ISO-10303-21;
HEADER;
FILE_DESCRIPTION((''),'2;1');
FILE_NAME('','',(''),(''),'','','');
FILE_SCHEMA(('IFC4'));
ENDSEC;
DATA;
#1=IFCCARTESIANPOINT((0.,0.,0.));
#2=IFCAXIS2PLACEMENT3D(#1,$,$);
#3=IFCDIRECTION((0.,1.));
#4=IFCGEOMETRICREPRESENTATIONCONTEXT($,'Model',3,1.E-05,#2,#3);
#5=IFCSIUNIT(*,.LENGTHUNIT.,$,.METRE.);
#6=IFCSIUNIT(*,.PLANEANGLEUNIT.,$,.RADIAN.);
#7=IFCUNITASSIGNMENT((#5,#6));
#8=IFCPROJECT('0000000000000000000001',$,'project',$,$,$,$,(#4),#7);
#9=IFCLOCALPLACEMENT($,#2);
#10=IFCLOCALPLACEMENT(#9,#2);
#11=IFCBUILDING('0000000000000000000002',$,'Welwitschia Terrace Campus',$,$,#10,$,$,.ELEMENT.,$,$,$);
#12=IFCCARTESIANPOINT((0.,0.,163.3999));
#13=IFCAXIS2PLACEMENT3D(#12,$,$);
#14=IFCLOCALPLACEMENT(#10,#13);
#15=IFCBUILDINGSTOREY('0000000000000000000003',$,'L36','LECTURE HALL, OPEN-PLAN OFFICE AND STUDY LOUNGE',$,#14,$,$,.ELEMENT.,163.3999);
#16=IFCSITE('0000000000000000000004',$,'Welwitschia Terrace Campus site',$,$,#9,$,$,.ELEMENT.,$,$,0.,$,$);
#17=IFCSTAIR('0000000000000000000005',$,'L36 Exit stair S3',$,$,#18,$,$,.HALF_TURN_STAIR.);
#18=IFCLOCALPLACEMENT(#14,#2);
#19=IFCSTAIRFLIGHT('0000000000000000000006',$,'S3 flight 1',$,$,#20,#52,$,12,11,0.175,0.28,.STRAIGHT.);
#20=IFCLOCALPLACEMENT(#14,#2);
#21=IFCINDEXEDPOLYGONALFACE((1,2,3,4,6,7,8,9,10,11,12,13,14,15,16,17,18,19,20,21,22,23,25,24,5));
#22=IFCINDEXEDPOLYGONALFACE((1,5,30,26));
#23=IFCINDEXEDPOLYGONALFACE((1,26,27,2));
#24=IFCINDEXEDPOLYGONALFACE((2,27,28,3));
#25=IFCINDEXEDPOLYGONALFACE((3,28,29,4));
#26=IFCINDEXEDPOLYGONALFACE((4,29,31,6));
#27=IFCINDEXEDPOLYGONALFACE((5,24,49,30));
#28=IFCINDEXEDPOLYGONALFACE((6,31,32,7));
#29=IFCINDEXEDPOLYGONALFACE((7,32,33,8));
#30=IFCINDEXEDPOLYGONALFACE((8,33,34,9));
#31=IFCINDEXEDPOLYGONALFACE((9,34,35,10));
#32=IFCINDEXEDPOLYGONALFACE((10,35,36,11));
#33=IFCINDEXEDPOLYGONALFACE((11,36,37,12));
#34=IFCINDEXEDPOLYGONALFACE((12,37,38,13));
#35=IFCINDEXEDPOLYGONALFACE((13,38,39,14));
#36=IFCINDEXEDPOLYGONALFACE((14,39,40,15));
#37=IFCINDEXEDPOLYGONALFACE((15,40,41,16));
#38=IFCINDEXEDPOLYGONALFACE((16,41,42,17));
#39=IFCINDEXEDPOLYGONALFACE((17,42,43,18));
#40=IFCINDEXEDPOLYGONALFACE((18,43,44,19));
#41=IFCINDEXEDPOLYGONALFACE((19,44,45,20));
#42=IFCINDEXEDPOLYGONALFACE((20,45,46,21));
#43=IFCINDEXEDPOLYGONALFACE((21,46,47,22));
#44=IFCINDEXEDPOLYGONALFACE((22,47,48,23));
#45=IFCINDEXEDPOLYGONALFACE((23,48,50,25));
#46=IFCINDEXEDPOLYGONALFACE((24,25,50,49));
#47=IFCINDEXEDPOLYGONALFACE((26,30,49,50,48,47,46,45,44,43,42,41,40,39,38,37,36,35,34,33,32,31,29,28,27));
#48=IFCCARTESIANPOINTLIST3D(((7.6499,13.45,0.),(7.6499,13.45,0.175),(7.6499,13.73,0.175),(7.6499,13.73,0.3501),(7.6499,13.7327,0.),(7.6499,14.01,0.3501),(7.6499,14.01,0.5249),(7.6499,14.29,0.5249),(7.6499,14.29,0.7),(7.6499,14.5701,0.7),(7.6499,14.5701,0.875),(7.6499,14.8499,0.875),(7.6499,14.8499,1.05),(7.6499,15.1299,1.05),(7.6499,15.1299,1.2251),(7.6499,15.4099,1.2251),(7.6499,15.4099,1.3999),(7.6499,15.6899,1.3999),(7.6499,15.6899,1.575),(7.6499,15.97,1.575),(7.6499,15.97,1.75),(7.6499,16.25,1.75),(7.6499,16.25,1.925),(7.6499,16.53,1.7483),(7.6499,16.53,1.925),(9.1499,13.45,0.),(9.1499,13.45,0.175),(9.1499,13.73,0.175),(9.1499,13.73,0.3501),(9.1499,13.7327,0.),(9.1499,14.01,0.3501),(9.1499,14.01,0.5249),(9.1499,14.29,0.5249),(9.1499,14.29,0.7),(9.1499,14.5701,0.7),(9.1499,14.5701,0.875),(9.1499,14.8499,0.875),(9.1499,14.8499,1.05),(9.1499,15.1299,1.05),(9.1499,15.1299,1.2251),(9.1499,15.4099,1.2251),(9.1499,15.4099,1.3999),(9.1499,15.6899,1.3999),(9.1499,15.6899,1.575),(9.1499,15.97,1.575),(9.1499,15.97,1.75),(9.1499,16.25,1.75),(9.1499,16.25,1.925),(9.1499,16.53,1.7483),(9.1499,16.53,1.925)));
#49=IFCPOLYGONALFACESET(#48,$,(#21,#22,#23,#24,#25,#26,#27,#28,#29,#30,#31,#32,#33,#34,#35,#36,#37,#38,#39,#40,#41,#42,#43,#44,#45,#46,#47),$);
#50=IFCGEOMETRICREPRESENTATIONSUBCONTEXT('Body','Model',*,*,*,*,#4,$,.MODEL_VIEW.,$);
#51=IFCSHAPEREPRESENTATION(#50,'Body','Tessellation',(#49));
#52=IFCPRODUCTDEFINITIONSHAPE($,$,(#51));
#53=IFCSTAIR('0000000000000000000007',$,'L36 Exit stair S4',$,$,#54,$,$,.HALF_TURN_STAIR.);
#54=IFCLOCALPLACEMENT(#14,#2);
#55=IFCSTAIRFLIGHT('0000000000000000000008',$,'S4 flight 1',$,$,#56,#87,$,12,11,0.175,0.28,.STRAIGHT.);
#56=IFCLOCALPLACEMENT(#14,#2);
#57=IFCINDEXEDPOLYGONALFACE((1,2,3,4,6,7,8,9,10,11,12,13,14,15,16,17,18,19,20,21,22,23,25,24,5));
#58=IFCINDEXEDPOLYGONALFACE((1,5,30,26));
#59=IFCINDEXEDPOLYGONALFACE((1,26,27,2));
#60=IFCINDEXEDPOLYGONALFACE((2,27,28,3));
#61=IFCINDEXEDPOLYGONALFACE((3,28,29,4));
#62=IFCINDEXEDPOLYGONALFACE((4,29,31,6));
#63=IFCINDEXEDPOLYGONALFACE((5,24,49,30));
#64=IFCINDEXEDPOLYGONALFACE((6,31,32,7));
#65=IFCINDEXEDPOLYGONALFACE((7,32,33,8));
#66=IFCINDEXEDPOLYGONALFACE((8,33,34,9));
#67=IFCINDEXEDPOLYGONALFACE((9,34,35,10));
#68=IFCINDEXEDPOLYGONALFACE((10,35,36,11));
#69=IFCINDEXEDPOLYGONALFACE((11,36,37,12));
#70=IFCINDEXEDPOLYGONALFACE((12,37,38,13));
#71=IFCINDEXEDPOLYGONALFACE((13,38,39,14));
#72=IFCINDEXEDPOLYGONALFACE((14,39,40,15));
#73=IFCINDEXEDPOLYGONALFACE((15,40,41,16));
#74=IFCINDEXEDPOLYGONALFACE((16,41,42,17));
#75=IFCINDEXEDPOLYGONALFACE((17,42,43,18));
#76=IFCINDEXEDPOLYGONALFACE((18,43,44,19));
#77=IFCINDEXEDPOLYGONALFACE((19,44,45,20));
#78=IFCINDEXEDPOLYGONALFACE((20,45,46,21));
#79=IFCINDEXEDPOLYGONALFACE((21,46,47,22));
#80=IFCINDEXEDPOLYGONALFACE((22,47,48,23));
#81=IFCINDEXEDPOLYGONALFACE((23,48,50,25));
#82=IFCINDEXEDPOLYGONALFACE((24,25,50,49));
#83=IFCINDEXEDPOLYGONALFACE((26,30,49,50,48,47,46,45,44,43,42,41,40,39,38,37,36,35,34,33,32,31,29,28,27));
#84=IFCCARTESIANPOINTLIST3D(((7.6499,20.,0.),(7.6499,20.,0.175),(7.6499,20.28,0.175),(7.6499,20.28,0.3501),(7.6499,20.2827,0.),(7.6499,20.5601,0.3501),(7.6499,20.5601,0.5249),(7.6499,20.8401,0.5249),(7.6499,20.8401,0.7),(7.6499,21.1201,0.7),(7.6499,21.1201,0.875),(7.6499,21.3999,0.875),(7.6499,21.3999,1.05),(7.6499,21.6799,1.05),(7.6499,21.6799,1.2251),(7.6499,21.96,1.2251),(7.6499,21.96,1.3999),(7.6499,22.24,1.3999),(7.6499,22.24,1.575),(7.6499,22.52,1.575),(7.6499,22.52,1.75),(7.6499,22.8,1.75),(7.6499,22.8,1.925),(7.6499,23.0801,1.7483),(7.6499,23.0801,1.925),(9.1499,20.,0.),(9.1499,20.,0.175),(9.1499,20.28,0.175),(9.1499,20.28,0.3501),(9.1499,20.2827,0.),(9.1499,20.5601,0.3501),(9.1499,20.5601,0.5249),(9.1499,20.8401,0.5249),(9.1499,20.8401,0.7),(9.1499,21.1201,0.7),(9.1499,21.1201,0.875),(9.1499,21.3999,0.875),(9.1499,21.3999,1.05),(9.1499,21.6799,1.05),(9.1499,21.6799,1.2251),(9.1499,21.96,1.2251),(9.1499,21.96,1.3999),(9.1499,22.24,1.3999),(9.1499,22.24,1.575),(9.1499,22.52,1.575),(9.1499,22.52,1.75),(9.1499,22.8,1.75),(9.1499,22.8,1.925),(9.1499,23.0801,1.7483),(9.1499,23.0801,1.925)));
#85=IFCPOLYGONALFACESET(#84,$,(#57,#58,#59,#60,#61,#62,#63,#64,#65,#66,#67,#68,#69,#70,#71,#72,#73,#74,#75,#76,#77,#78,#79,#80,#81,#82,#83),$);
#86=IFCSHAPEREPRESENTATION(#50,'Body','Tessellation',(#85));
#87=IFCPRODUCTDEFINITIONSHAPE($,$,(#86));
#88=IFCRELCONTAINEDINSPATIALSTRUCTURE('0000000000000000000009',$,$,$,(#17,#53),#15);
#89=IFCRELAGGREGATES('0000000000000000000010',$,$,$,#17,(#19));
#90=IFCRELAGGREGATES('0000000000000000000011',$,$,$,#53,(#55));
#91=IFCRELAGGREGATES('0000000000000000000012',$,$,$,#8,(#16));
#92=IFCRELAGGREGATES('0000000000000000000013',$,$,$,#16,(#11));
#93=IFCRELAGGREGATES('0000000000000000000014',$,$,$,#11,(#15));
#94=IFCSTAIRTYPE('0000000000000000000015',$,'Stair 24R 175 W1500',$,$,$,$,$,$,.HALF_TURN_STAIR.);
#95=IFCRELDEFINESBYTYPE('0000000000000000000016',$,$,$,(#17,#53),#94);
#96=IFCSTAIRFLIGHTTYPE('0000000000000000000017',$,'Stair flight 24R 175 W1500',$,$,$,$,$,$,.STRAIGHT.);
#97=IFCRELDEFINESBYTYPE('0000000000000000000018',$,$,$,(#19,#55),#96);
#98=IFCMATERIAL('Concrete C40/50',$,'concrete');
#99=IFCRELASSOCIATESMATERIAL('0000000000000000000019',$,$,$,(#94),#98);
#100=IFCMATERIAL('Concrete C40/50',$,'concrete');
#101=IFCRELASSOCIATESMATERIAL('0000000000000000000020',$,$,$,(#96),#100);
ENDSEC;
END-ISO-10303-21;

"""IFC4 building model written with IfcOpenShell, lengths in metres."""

from ifc_helpers import new_model, si_unit, direction, frame, origin, place, context, subcontext, project, spatial, polyline, outline, extrude, material, type_object, element, aggregate, save


model = new_model("IFC4")

# Units and contexts
model_context = context("Model", 3, precision=1e-05, world=origin(), true_north=direction((0.0, 1.0)))
body_context = subcontext(model_context, "Body", "Model", "MODEL_VIEW")
ifc_project = project(units=[si_unit("LENGTHUNIT", "METRE"), si_unit("PLANEANGLEUNIT", "RADIAN")], contexts=[model_context])

# Site, building, storey
site_placement = place(None, origin())
site = spatial("IfcSite", under=ifc_project, at=site_placement, Name="Welwitschia Terrace Campus site", CompositionType="ELEMENT", RefElevation=0.0)
building_placement = place(site_placement, origin())
building = spatial("IfcBuilding", under=site, at=building_placement, Name="Welwitschia Terrace Campus", CompositionType="ELEMENT")
storey_placement = place(building_placement, frame((0.0, 0.0, 163.3999)))
storey = spatial("IfcBuildingStorey", under=building, at=storey_placement, Name="L36", Description="LECTURE HALL, OPEN-PLAN OFFICE AND STUDY LOUNGE", CompositionType="ELEMENT", Elevation=163.3999)

# Stairs, stair flights
ifc_material_1 = material(Name="Concrete C40/50", Category="concrete")
stair_type = type_object("IfcStairType", Name="Stair 24R 175 W1500", PredefinedType="HALF_TURN_STAIR", material=ifc_material_1)
stair_1_placement = place(storey_placement, origin())
stair_1 = element("IfcStair", 1, at=stair_1_placement, inside=storey, type_object=stair_type, Name="L36 Exit stair S3", PredefinedType="HALF_TURN_STAIR")
ifc_material_2 = material(Name="Concrete C40/50", Category="concrete")
stair_flight_type = type_object("IfcStairFlightType", Name="Stair flight 24R 175 W1500", PredefinedType="STRAIGHT", material=ifc_material_2)
stair_flight_1_placement = place(storey_placement, frame((8.3999, 13.45, 0.0), z_axis=(0.0, 0.0, 1.0), x_axis=(0.0, 1.0, 0.0)))
stair_flight_1 = element("IfcStairFlight", 2, at=stair_flight_1_placement, type_object=stair_flight_type, Name="S3 flight 1", NumberOfRisers=12, NumberOfTreads=11, PredefinedType="STRAIGHT", RiserHeight=0.175, TreadLength=0.28, context=body_context, shape_type="SweptSolid", body=[
    extrude(outline(polyline([(0.0, 0.0), (0.0, 0.175), (0.28, 0.175), (0.28, 0.3501), (0.5601, 0.3501), (0.5601, 0.5249), (0.8401, 0.5249), (0.8401, 0.7), (1.1201, 0.7), (1.1201, 0.875), (1.3999, 0.875), (1.3999, 1.05), (1.6799, 1.05), (1.6799, 1.2251), (1.96, 1.2251), (1.96, 1.3999), (2.24, 1.3999), (2.24, 1.575), (2.52, 1.575), (2.52, 1.75), (2.8, 1.75), (2.8, 1.925), (3.0801, 1.925), (3.0801, 2.1001), (3.0801, 1.7483), (0.2827, 0.0), (0.0, 0.0)])), frame((0.0, 0.75, 0.0), z_axis=(0.0, -1.0, 0.0), x_axis=(1.0, 0.0, 0.0)), (0.0, 0.0, 1.0), 1.5),
])
aggregate(stair_1, [stair_flight_1])
stair_2_placement = place(storey_placement, origin())
stair_2 = element("IfcStair", 3, at=stair_2_placement, inside=storey, type_object=stair_type, Name="L36 Exit stair S4", PredefinedType="HALF_TURN_STAIR")
stair_flight_2_placement = place(storey_placement, frame((8.3999, 20.0, 0.0), z_axis=(0.0, 0.0, 1.0), x_axis=(0.0, 1.0, 0.0)))
stair_flight_2 = element("IfcStairFlight", 4, at=stair_flight_2_placement, type_object=stair_flight_type, Name="S4 flight 1", NumberOfRisers=12, NumberOfTreads=11, PredefinedType="STRAIGHT", RiserHeight=0.175, TreadLength=0.28, context=body_context, shape_type="SweptSolid", body=[
    extrude(outline(polyline([(0.0, 0.0), (0.0, 0.175), (0.28, 0.175), (0.28, 0.3501), (0.5601, 0.3501), (0.5601, 0.5249), (0.8401, 0.5249), (0.8401, 0.7), (1.1201, 0.7), (1.1201, 0.875), (1.3999, 0.875), (1.3999, 1.05), (1.6799, 1.05), (1.6799, 1.2251), (1.96, 1.2251), (1.96, 1.3999), (2.24, 1.3999), (2.24, 1.575), (2.52, 1.575), (2.52, 1.75), (2.8, 1.75), (2.8, 1.925), (3.0801, 1.925), (3.0801, 2.1001), (3.0801, 1.7483), (0.2827, 0.0), (0.0, 0.0)])), frame((0.0, 0.75, 0.0), z_axis=(0.0, -1.0, 0.0), x_axis=(1.0, 0.0, 0.0)), (0.0, 0.0, 1.0), 1.5),
])
aggregate(stair_2, [stair_flight_2])

save(model, "model.ifc")
